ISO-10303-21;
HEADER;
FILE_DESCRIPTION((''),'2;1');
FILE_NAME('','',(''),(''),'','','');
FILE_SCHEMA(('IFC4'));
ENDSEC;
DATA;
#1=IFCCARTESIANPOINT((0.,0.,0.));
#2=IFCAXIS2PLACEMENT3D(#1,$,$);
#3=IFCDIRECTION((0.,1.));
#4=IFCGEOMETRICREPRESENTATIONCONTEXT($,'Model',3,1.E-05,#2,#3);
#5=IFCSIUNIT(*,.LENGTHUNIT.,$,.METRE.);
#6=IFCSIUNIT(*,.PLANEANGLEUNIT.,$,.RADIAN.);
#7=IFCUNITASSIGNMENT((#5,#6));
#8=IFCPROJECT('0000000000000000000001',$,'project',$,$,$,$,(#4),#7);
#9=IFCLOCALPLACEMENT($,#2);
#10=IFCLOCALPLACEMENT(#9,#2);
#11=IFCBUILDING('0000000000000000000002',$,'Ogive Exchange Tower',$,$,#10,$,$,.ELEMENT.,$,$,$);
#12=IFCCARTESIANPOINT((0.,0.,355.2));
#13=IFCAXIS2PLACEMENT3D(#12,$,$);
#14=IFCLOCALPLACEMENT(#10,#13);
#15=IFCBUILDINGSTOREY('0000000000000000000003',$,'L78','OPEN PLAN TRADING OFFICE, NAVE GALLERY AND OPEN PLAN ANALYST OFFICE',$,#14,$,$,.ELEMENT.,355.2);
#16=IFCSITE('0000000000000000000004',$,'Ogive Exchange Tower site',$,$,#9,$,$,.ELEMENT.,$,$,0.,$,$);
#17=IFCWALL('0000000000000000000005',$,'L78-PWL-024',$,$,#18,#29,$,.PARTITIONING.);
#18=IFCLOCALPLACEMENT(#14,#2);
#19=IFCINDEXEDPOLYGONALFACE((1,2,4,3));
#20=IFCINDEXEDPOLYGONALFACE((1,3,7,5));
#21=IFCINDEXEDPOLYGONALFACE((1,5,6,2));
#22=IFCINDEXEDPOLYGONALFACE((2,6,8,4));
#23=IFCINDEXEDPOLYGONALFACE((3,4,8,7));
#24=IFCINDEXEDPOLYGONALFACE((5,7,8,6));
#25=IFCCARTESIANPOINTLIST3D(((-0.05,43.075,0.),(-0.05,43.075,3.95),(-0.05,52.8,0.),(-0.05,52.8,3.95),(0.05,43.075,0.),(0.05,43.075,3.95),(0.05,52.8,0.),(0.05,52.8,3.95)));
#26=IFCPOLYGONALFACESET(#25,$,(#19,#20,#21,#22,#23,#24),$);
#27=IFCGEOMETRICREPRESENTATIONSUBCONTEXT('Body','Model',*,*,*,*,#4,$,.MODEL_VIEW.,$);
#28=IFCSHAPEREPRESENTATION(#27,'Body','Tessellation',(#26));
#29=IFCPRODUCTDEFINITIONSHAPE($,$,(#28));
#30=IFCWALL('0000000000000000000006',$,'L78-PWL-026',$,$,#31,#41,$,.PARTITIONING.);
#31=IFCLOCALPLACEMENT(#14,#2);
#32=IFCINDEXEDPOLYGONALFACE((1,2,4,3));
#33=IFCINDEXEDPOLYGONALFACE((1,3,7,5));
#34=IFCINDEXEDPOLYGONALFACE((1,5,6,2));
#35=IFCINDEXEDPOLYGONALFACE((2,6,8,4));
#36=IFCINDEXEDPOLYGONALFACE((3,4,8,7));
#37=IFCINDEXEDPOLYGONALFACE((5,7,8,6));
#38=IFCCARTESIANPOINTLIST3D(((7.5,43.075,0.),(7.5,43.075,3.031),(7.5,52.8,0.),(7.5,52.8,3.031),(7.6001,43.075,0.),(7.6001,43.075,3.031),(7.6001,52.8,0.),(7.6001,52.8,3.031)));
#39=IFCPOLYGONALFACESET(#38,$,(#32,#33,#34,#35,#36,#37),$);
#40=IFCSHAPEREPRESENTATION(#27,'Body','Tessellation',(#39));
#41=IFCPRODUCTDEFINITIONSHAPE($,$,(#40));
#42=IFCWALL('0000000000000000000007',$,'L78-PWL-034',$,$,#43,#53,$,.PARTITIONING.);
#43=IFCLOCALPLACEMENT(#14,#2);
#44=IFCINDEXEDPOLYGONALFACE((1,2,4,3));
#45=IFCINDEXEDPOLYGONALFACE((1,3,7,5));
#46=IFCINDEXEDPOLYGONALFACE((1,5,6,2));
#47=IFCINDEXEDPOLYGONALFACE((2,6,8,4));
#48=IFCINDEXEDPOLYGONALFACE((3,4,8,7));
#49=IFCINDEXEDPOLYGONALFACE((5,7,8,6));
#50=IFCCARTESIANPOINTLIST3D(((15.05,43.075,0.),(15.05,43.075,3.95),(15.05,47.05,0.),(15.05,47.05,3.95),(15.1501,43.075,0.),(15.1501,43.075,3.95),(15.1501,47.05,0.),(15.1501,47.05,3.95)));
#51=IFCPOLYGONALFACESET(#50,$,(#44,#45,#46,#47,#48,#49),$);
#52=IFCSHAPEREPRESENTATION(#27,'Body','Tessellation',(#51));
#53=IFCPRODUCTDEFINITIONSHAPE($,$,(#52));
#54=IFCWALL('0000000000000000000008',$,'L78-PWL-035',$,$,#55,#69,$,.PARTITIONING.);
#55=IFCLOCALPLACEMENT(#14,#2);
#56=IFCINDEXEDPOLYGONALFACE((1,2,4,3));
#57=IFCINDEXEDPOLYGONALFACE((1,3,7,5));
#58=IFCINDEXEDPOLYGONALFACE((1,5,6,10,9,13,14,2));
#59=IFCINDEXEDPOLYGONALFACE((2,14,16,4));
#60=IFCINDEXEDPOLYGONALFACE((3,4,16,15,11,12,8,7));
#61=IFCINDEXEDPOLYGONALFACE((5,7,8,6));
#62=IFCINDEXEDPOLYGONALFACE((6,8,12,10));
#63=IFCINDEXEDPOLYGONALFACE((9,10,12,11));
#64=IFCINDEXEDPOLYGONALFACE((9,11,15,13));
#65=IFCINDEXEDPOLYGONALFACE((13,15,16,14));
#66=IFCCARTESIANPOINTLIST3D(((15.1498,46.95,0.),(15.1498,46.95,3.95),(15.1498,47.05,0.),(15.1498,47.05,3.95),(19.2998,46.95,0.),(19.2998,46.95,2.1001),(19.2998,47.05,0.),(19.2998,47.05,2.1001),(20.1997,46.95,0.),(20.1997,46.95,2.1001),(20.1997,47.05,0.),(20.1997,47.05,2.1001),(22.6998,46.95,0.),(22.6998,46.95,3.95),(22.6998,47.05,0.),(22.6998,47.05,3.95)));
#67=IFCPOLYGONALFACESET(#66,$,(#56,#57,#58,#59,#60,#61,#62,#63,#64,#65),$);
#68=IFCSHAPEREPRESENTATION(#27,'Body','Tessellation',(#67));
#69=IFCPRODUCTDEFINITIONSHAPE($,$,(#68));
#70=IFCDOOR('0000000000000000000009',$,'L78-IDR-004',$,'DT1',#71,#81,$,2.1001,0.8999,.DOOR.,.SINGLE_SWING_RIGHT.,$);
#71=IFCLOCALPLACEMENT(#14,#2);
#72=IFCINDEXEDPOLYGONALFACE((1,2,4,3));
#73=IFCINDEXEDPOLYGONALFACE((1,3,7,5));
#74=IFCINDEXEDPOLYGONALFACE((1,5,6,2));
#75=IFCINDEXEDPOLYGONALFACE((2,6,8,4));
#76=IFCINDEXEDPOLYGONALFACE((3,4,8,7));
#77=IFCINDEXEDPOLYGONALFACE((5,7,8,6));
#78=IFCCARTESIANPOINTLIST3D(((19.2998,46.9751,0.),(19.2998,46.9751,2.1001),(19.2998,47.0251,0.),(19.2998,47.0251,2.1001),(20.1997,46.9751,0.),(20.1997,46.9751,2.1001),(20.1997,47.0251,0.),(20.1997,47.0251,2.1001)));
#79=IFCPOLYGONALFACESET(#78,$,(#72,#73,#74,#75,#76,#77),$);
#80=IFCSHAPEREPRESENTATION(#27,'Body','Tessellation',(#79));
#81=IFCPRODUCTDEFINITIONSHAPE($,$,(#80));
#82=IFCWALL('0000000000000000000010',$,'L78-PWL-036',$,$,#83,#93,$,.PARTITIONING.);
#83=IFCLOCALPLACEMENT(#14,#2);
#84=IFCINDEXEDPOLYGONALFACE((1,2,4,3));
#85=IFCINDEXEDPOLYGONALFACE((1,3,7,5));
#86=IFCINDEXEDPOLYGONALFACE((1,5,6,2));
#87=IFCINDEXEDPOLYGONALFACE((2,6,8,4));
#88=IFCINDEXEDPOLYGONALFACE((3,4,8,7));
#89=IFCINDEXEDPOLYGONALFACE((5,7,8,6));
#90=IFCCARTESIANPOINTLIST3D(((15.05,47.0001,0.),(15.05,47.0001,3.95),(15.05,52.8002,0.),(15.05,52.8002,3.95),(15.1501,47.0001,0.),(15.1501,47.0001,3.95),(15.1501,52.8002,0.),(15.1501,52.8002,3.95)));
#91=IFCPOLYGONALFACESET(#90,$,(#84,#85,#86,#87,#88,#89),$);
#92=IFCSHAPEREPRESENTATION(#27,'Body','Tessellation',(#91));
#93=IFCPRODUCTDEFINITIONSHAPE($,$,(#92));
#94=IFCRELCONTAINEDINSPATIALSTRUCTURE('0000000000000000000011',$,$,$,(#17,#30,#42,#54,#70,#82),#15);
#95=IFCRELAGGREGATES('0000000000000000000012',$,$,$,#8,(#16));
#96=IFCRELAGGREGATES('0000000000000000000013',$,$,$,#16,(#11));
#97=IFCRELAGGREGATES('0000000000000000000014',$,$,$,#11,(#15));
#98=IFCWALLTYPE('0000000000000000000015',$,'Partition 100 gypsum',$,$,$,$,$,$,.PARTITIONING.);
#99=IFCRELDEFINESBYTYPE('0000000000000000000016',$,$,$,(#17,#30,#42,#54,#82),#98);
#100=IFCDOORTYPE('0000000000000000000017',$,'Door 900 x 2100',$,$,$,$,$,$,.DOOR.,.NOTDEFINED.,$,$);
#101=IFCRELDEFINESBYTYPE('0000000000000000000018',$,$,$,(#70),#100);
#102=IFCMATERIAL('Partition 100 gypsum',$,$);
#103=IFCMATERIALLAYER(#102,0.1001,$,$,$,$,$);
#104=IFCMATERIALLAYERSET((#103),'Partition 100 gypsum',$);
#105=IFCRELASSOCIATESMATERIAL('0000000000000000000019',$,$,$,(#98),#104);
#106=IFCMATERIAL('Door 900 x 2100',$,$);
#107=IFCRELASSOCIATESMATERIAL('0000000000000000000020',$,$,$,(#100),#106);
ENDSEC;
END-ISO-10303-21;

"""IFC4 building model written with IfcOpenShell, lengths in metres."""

from ifc_helpers import new_model, si_unit, direction, frame, frame_2d, origin, place, context, subcontext, project, spatial, rectangle, extrude, material, layer, layer_set, type_object, element, fill, save


model = new_model("IFC4")

# Units and contexts
model_context = context("Model", 3, precision=1e-05, world=origin(), true_north=direction((0.0, 1.0)))
body_context = subcontext(model_context, "Body", "Model", "MODEL_VIEW")
ifc_project = project(units=[si_unit("LENGTHUNIT", "METRE"), si_unit("PLANEANGLEUNIT", "RADIAN")], contexts=[model_context])

# Site, building, storey
site_placement = place(None, origin())
site = spatial("IfcSite", under=ifc_project, at=site_placement, Name="Ogive Exchange Tower site", CompositionType="ELEMENT", RefElevation=0.0)
building_placement = place(site_placement, origin())
building = spatial("IfcBuilding", under=site, at=building_placement, Name="Ogive Exchange Tower", CompositionType="ELEMENT")
storey_placement = place(building_placement, frame((0.0, 0.0, 355.2)))
storey = spatial("IfcBuildingStorey", under=building, at=storey_placement, Name="L78", Description="OPEN PLAN TRADING OFFICE, NAVE GALLERY AND OPEN PLAN ANALYST OFFICE", CompositionType="ELEMENT", Elevation=355.2)

# Walls
ifc_material_1 = material(Name="Partition 100 gypsum")
ifc_layer_1 = layer(ifc_material_1, 0.1001)
ifc_layer_set_1 = layer_set([ifc_layer_1], Name="Partition 100 gypsum")
wall_type_1 = type_object("IfcWallType", Name="Partition 100 gypsum", PredefinedType="PARTITIONING", material=ifc_layer_set_1)
wall_1_placement = place(storey_placement, frame((0.0, 43.075, 0.0), z_axis=(0.0, 0.0, 1.0), x_axis=(0.0, 1.0, 0.0)))
element("IfcWall", 1, at=wall_1_placement, inside=storey, type_object=wall_type_1, Name="L78-PWL-024", PredefinedType="PARTITIONING", context=body_context, shape_type="SweptSolid", body=[
    extrude(rectangle(XDim=9.7251, YDim=0.1001, at=frame_2d((4.8625, 0.0))), origin(), (0.0, 0.0, 1.0), 3.95),
])
wall_2_placement = place(storey_placement, frame((7.55, 43.075, 0.0), z_axis=(0.0, 0.0, 1.0), x_axis=(0.0, 1.0, 0.0)))
element("IfcWall", 2, at=wall_2_placement, inside=storey, type_object=wall_type_1, Name="L78-PWL-026", PredefinedType="PARTITIONING", context=body_context, shape_type="SweptSolid", body=[
    extrude(rectangle(XDim=9.7251, YDim=0.1001, at=frame_2d((4.8625, 0.0))), origin(), (0.0, 0.0, 1.0), 3.031),
])
wall_3_placement = place(storey_placement, frame((15.1001, 47.05, 0.0), z_axis=(0.0, 0.0, 1.0), x_axis=(0.0, -1.0, 0.0)))
element("IfcWall", 3, at=wall_3_placement, inside=storey, type_object=wall_type_1, Name="L78-PWL-034", PredefinedType="PARTITIONING", context=body_context, shape_type="SweptSolid", body=[
    extrude(rectangle(XDim=3.9751, YDim=0.1001, at=frame_2d((1.9875, 0.0))), origin(), (0.0, 0.0, 1.0), 3.95),
])

# Wall, opening, door
wall_4_placement = place(storey_placement, frame((15.1499, 47.0, 0.0), z_axis=(0.0, 0.0, 1.0), x_axis=(1.0, 0.0, 0.0)))
wall_4 = element("IfcWall", 4, at=wall_4_placement, inside=storey, type_object=wall_type_1, Name="L78-PWL-035", PredefinedType="PARTITIONING", context=body_context, shape_type="SweptSolid", body=[
    extrude(rectangle(XDim=7.55, YDim=0.1001, at=frame_2d((3.7749, 0.0))), origin(), (0.0, 0.0, 1.0), 3.95),
])
opening_1_placement = place(wall_4_placement, frame((4.1499, 0.0, 0.0)))
opening_1 = element("IfcOpeningElement", 5, at=opening_1_placement, cuts=wall_4, PredefinedType="OPENING", context=body_context, shape_type="SweptSolid", body=[
    extrude(rectangle(XDim=0.8999, YDim=2.1001, at=frame_2d((0.45, 1.05))), frame((0.0, 0.0601, 0.0), z_axis=(0.0, -1.0, 0.0), x_axis=(1.0, 0.0, 0.0)), (0.0, 0.0, 1.0), 0.1201),
])
ifc_material_2 = material(Name="Door 900 x 2100")
door_type_1 = type_object("IfcDoorType", Name="Door 900 x 2100", OperationType="NOTDEFINED", PredefinedType="DOOR", material=ifc_material_2)
door_1_placement = place(opening_1_placement, frame((0.8999, 0.0, 0.0), z_axis=(0.0, 0.0, 1.0), x_axis=(-1.0, 0.0, 0.0)))
door_1 = element("IfcDoor", 6, at=door_1_placement, inside=storey, type_object=door_type_1, Name="L78-IDR-004", ObjectType="DT1", OperationType="SINGLE_SWING_RIGHT", OverallHeight=2.1001, OverallWidth=0.8999, PredefinedType="DOOR", context=body_context, shape_type="SweptSolid", body=[
    extrude(rectangle(XDim=0.8999, YDim=2.1001, at=frame_2d((0.45, 1.05))), frame((0.0, 0.0249, 0.0), z_axis=(0.0, -1.0, 0.0), x_axis=(1.0, 0.0, 0.0)), (0.0, 0.0, 1.0), 0.05),
])
fill(opening_1, door_1)

# Wall
wall_5_placement = place(storey_placement, frame((15.1001, 52.8, 0.0), z_axis=(0.0, 0.0, 1.0), x_axis=(0.0, -1.0, 0.0)))
element("IfcWall", 7, at=wall_5_placement, inside=storey, type_object=wall_type_1, Name="L78-PWL-036", PredefinedType="PARTITIONING", context=body_context, shape_type="SweptSolid", body=[
    extrude(rectangle(XDim=5.8, YDim=0.1001, at=frame_2d((2.8999, 0.0))), origin(), (0.0, 0.0, 1.0), 3.95),
])

save(model, "model.ifc")
